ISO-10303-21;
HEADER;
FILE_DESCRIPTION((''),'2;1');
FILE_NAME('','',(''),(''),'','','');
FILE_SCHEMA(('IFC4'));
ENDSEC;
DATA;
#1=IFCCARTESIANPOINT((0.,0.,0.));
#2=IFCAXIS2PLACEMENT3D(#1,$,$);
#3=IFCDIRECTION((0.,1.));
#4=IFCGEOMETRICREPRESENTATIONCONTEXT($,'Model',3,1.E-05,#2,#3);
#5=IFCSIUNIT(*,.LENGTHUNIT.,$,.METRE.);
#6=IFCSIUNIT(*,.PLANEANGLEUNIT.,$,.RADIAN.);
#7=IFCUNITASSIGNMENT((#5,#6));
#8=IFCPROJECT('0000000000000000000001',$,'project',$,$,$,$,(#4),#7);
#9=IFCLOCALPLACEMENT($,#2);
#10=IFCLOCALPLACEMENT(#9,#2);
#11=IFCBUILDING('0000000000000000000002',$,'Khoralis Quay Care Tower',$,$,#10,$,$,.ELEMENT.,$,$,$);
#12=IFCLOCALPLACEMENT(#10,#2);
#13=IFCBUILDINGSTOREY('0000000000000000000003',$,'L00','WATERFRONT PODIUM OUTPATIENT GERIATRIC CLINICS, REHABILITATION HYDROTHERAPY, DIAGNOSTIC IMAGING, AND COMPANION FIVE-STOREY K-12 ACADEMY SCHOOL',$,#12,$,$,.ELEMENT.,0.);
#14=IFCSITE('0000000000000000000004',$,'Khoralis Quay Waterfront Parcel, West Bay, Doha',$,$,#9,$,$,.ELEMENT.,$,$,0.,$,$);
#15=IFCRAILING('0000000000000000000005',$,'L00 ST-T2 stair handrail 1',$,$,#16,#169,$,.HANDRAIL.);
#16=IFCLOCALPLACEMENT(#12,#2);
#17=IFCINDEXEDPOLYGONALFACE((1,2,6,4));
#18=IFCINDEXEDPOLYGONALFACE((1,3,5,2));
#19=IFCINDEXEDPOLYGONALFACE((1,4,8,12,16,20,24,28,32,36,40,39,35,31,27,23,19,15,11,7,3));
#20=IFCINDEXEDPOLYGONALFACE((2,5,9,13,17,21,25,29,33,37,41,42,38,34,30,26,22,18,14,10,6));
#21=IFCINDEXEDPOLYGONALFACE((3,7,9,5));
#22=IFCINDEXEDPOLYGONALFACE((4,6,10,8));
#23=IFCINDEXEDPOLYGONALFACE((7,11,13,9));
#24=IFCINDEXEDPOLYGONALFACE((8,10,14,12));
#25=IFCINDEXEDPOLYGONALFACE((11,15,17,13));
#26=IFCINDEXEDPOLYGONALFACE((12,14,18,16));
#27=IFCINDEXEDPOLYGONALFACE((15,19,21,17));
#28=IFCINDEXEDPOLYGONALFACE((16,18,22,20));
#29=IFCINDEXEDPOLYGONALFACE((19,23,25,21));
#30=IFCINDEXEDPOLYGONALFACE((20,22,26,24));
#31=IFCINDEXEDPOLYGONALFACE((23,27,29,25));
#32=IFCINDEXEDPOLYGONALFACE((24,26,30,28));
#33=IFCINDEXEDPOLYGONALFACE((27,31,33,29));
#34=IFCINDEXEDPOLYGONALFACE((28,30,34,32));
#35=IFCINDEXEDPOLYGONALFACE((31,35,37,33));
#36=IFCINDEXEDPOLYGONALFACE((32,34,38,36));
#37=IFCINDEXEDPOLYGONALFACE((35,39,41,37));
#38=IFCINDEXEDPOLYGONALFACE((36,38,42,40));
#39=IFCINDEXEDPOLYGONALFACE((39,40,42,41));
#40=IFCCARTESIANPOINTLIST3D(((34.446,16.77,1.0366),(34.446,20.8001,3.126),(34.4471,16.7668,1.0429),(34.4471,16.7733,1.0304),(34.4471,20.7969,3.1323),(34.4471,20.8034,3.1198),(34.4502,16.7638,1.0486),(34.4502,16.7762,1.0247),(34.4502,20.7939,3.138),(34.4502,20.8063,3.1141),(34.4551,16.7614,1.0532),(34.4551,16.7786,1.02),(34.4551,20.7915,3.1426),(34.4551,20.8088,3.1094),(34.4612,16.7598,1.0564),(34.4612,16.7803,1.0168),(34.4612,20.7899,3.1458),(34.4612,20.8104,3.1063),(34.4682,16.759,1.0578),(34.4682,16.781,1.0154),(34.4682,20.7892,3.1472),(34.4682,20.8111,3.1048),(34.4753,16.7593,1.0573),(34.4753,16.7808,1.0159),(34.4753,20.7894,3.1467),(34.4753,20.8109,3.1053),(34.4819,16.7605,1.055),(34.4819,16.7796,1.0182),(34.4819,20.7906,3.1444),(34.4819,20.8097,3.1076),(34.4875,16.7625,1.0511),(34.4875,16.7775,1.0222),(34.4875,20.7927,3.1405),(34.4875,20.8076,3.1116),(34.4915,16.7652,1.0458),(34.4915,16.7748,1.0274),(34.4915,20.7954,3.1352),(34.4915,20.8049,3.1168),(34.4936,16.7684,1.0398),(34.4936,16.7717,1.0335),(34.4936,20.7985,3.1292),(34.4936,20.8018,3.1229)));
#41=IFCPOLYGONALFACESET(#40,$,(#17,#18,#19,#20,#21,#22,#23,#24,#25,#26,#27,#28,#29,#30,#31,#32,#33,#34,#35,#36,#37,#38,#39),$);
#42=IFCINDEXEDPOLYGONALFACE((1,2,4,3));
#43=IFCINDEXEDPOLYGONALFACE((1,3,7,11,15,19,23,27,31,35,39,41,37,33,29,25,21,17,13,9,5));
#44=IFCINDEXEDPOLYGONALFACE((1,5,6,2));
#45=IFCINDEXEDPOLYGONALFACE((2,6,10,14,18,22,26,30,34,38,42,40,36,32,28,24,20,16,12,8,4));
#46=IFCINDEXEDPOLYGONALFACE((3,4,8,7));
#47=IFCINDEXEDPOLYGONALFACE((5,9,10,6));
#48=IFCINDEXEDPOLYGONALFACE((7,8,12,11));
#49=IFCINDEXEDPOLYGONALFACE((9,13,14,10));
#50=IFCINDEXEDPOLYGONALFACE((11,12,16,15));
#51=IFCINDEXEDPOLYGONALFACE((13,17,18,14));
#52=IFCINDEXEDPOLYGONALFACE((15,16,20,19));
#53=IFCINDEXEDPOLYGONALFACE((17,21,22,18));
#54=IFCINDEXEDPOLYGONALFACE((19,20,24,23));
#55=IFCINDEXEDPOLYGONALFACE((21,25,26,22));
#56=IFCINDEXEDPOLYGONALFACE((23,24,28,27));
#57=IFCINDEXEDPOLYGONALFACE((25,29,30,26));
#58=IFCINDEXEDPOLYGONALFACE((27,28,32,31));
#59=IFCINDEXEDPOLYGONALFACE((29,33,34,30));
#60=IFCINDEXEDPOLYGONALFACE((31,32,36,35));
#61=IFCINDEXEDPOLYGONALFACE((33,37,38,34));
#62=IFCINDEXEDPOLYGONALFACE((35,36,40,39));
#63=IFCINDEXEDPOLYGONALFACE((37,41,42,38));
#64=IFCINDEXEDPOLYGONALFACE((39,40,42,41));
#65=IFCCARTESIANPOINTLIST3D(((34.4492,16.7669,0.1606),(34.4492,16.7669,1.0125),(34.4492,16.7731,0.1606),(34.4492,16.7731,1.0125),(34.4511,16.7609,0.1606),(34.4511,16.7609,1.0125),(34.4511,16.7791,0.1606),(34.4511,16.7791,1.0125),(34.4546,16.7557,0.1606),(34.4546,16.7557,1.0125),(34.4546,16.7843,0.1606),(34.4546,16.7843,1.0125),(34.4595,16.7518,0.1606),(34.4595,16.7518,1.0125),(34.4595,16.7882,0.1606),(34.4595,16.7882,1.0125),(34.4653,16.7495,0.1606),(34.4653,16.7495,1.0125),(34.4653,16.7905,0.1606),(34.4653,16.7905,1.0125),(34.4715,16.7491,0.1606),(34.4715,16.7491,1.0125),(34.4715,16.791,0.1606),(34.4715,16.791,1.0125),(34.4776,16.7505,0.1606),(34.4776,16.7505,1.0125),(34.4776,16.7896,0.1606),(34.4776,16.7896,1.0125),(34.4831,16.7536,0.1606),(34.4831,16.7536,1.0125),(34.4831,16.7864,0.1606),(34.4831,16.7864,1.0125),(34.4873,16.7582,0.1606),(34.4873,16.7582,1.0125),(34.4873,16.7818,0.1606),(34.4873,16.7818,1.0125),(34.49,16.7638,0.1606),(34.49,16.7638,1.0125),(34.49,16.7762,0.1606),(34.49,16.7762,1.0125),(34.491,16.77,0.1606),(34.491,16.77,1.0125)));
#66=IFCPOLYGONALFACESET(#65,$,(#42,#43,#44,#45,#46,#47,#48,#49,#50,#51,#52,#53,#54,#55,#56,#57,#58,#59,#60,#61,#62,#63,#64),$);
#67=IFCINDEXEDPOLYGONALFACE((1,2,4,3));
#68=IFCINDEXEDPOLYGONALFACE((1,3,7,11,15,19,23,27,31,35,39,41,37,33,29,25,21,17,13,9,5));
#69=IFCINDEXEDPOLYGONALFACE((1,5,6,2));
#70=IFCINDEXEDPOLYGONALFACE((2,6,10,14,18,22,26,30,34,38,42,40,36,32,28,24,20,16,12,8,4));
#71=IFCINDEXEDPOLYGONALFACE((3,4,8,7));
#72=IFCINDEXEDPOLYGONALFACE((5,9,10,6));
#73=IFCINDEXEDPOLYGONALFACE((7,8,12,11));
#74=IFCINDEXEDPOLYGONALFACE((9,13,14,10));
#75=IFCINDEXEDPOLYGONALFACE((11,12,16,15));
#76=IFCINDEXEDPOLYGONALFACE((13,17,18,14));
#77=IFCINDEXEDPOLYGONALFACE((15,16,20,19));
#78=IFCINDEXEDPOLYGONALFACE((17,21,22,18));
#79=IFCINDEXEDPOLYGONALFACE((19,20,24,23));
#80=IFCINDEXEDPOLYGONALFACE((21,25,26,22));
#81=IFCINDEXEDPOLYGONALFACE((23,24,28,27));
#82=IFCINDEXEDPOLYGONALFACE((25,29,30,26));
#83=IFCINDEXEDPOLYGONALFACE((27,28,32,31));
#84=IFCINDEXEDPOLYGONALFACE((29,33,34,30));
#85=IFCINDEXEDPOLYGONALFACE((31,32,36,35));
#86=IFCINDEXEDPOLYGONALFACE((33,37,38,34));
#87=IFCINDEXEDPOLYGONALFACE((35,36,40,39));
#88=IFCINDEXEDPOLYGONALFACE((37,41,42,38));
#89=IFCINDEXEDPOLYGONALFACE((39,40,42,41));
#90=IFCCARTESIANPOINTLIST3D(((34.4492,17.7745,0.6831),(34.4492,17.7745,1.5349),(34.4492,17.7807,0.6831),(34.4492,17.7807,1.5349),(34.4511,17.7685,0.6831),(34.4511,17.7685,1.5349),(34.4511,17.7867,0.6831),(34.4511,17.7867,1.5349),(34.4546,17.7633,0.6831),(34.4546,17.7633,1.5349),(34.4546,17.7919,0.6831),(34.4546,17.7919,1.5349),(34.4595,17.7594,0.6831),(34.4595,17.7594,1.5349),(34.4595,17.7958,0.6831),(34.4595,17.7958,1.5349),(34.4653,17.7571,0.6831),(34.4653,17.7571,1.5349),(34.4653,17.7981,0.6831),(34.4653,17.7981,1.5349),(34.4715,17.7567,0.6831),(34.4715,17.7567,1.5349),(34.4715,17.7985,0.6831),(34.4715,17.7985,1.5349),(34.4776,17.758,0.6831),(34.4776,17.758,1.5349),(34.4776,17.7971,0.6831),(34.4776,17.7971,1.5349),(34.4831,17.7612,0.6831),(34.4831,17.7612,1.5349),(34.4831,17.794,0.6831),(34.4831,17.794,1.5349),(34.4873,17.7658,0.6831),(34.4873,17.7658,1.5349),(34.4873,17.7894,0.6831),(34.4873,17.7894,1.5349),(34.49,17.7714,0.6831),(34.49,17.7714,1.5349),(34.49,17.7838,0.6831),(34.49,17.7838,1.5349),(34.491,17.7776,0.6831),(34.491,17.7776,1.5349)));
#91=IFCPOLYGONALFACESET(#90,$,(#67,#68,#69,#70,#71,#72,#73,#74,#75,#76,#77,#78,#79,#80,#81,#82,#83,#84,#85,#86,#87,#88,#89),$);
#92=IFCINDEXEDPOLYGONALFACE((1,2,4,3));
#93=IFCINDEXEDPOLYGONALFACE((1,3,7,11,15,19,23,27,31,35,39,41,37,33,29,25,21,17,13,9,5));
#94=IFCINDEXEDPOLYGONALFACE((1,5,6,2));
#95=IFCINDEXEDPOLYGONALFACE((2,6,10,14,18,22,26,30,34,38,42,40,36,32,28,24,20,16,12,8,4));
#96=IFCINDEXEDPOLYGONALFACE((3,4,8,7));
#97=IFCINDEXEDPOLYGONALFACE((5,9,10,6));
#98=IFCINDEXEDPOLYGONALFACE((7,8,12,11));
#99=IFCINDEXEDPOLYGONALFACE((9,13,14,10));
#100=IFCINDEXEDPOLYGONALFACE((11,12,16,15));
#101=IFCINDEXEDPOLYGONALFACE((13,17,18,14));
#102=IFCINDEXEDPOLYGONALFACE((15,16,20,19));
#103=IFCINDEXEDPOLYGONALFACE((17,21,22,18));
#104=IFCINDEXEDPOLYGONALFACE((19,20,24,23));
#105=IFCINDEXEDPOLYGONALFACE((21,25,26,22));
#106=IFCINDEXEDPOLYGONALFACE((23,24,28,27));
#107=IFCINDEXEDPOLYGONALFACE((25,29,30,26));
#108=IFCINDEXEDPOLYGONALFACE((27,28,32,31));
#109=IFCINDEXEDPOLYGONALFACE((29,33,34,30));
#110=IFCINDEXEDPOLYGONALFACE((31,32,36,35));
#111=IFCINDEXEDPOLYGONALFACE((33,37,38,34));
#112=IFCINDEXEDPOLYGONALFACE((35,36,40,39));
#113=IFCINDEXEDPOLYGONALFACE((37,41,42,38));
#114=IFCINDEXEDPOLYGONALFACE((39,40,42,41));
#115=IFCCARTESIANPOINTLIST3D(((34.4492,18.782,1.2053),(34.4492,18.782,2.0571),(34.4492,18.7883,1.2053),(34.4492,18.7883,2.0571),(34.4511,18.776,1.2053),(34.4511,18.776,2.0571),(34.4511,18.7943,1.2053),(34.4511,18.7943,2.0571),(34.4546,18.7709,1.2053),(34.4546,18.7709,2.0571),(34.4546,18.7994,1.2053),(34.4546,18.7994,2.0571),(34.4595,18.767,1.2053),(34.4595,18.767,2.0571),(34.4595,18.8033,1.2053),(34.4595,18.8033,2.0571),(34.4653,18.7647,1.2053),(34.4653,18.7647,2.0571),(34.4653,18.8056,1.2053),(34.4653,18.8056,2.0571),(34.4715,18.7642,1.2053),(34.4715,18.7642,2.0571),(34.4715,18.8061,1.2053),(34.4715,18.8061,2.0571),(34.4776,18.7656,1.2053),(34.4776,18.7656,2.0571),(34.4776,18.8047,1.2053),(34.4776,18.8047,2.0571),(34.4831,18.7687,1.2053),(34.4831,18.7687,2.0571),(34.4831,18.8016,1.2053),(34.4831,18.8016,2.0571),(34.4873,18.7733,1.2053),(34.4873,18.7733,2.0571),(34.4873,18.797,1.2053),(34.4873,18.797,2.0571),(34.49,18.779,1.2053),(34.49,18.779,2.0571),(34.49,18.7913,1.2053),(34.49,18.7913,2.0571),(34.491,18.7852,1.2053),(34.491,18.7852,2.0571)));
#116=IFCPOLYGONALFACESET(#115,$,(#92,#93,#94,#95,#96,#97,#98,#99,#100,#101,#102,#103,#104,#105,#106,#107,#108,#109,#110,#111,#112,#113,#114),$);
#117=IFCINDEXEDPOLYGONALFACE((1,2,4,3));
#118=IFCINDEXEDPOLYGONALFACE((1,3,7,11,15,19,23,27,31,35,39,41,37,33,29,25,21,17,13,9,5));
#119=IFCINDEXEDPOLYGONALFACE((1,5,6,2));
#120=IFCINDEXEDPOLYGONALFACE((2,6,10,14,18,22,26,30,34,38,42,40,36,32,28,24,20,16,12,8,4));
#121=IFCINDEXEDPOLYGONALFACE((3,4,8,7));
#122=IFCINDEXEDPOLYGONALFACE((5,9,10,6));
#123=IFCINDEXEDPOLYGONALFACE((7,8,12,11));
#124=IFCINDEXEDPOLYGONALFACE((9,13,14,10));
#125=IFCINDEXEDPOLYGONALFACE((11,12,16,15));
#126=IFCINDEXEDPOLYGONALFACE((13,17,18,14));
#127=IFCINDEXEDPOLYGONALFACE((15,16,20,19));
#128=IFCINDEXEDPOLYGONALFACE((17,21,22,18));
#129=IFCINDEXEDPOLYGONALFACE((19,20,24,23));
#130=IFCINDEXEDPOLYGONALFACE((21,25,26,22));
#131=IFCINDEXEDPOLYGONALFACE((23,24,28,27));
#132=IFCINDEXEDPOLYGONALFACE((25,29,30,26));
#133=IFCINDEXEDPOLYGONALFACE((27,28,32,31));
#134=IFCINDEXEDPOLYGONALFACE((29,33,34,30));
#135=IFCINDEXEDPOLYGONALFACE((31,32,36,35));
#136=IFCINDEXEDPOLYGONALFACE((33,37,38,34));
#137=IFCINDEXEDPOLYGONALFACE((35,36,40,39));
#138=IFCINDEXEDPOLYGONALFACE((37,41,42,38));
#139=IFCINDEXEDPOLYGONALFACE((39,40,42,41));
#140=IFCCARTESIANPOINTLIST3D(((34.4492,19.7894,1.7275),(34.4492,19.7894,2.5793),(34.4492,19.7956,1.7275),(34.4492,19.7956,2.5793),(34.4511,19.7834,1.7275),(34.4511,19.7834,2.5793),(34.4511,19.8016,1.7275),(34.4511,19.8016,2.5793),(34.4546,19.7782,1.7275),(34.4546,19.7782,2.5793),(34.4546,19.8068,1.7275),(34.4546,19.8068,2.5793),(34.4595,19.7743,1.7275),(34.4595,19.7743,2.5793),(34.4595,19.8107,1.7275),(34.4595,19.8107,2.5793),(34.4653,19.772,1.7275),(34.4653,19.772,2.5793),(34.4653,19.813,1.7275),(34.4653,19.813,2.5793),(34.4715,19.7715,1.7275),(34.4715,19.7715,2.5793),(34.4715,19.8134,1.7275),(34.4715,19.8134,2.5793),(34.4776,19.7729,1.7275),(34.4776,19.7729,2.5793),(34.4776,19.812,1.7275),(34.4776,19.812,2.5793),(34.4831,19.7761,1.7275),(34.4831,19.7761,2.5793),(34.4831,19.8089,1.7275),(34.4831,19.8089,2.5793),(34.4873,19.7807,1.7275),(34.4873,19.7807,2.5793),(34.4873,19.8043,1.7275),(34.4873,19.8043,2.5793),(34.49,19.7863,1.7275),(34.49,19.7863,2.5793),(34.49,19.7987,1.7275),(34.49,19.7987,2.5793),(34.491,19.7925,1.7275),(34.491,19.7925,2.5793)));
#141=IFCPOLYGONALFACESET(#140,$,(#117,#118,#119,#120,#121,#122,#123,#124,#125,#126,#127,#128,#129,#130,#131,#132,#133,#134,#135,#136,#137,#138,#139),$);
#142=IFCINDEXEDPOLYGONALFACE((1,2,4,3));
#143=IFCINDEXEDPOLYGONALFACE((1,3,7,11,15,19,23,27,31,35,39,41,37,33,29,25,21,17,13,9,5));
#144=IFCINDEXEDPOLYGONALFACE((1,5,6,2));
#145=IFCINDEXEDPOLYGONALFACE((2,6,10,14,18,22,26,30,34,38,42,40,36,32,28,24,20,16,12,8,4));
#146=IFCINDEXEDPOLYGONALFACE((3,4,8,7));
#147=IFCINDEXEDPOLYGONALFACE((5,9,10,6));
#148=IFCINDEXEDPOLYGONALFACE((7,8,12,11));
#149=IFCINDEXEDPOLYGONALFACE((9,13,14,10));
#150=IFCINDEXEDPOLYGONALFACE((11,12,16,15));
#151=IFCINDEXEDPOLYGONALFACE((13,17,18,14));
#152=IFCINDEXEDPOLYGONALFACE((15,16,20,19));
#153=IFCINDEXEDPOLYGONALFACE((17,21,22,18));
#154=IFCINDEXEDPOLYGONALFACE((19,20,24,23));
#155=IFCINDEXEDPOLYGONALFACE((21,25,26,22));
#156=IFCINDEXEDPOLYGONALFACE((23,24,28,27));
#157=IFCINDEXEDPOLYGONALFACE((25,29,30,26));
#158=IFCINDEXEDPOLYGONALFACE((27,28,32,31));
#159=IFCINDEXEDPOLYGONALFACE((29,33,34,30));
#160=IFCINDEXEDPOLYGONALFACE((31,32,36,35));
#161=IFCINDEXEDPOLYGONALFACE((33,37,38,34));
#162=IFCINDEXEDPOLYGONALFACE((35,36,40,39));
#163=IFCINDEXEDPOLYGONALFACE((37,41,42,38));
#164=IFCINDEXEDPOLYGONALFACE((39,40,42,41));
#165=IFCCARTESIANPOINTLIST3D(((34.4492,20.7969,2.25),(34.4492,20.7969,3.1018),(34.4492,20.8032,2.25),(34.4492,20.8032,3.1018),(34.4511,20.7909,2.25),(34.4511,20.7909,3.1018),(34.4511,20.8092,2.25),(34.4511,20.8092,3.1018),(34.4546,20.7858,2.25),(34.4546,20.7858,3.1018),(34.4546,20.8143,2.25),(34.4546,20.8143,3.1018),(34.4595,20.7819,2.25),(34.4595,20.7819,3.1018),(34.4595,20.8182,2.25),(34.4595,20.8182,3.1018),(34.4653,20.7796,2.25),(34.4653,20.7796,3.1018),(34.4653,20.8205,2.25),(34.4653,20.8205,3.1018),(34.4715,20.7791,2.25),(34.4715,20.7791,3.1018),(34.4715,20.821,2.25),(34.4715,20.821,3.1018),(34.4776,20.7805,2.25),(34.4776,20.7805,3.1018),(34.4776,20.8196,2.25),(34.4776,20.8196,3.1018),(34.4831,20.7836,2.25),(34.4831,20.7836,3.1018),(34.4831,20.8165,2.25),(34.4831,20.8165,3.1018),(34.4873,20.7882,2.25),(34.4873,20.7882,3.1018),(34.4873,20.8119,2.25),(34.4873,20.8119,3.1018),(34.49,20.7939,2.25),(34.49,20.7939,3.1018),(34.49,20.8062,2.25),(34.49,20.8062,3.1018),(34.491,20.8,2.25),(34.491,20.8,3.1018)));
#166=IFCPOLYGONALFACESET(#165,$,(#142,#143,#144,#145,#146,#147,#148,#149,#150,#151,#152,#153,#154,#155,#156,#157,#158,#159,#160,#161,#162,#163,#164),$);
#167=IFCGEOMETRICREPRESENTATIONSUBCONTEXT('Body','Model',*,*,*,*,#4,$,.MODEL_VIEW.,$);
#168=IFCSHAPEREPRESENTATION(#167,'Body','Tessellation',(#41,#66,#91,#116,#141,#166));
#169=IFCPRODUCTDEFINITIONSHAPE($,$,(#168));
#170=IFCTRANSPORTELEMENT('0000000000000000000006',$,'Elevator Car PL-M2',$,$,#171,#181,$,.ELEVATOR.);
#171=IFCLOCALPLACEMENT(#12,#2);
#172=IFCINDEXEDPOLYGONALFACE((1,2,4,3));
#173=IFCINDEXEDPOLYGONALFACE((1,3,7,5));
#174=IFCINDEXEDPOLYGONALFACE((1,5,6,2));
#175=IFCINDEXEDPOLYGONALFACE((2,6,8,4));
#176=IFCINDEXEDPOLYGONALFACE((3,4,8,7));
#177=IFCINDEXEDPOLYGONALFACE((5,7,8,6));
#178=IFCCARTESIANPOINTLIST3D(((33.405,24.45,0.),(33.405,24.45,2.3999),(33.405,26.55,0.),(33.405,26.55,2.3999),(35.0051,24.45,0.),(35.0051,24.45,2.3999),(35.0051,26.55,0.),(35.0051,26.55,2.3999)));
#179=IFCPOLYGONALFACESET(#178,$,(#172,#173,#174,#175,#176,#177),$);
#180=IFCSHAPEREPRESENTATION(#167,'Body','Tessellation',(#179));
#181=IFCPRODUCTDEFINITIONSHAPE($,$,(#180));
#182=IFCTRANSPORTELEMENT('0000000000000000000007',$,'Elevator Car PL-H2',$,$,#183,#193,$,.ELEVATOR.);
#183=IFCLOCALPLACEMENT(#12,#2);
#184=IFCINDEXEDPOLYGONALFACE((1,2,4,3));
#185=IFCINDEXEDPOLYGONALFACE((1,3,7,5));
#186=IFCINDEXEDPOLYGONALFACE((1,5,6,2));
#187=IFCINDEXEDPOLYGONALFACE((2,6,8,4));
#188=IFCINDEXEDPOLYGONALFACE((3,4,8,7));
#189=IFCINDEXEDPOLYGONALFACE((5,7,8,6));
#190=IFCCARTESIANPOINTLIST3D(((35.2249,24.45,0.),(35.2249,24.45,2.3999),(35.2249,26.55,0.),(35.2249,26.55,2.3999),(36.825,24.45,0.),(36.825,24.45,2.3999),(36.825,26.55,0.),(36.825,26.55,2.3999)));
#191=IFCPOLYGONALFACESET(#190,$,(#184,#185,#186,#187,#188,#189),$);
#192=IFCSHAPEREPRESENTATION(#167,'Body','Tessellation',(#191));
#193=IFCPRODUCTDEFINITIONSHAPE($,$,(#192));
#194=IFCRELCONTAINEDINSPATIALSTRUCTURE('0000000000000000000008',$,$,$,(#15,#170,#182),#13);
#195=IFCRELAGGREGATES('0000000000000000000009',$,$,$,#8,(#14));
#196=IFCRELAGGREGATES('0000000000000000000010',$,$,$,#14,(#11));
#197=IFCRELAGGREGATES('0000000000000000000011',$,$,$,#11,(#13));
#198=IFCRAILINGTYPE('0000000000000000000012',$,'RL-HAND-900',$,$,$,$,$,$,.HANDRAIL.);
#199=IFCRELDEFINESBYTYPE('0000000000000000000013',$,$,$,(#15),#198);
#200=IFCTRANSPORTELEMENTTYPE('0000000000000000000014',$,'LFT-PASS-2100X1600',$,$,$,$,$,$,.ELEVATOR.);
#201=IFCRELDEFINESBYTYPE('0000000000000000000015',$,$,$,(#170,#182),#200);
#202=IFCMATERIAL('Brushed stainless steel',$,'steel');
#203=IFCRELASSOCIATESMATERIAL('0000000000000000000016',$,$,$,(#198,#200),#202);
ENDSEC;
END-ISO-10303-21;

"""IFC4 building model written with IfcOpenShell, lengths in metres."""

from ifc_helpers import new_model, si_unit, direction, frame, origin, origin_2d, place, context, subcontext, project, spatial, rectangle, circle, extrude, source, transform, mapped, material, type_object, element, save


model = new_model("IFC4")

# Units and contexts
model_context = context("Model", 3, precision=1e-05, world=origin(), true_north=direction((0.0, 1.0)))
body_context = subcontext(model_context, "Body", "Model", "MODEL_VIEW")
ifc_project = project(units=[si_unit("LENGTHUNIT", "METRE"), si_unit("PLANEANGLEUNIT", "RADIAN")], contexts=[model_context])

# Site, building, storey
site_placement = place(None, origin())
site = spatial("IfcSite", under=ifc_project, at=site_placement, Name="Khoralis Quay Waterfront Parcel, West Bay, Doha", CompositionType="ELEMENT", RefElevation=0.0)
building_placement = place(site_placement, origin())
building = spatial("IfcBuilding", under=site, at=building_placement, Name="Khoralis Quay Care Tower", CompositionType="ELEMENT")
storey_placement = place(building_placement, origin())
storey = spatial("IfcBuildingStorey", under=building, at=storey_placement, Name="L00", Description="WATERFRONT PODIUM OUTPATIENT GERIATRIC CLINICS, REHABILITATION HYDROTHERAPY, DIAGNOSTIC IMAGING, AND COMPANION FIVE-STOREY K-12 ACADEMY SCHOOL", CompositionType="ELEMENT", Elevation=0.0)

# Railing
ifc_material_1 = material(Name="Brushed stainless steel", Category="steel")
railing_type = type_object("IfcRailingType", Name="RL-HAND-900", PredefinedType="HANDRAIL", material=ifc_material_1)
railing_placement = place(storey_placement, frame((34.47, 16.77, 0.1606)))
element("IfcRailing", 1, at=railing_placement, inside=storey, type_object=railing_type, Name="L00 ST-T2 stair handrail 1", PredefinedType="HANDRAIL", context=body_context, shape_type="SweptSolid", body=[
    extrude(circle(Radius=0.0239, at=origin_2d()), frame((0.0, 0.0, 0.876), z_axis=(0.0, 0.887781, 0.460267), x_axis=(-1.0, 0.0, 0.0)), (0.0, 0.0, 1.0), 4.5396),
    extrude(circle(Radius=0.021, at=origin_2d()), origin(), (0.0, 0.0, 1.0), 0.8518),
    extrude(circle(Radius=0.021, at=origin_2d()), frame((0.0, 1.0076, 0.5225)), (0.0, 0.0, 1.0), 0.8518),
    extrude(circle(Radius=0.021, at=origin_2d()), frame((0.0, 2.0151, 1.0447)), (0.0, 0.0, 1.0), 0.8518),
    extrude(circle(Radius=0.021, at=origin_2d()), frame((0.0, 3.0225, 1.5669)), (0.0, 0.0, 1.0), 0.8518),
    extrude(circle(Radius=0.021, at=origin_2d()), frame((0.0, 4.03, 2.0894)), (0.0, 0.0, 1.0), 0.8518),
])

# Transport elements
transport_element_type = type_object("IfcTransportElementType", Name="LFT-PASS-2100X1600", PredefinedType="ELEVATOR", material=ifc_material_1)
shared_shape_1 = source(origin(), body_context, "Body", "SweptSolid", [
    extrude(rectangle(XDim=2.1001, YDim=1.6001, at=origin_2d()), origin(), (0.0, 0.0, 1.0), 2.3999),
])
for number, where, z_axis, x_axis, name in (
    (2, (34.2051, 25.5, 0.0), (0.0, 0.0, 1.0), (0.0, 1.0, 0.0), "Elevator Car PL-M2"),
    (3, (36.0249, 25.5, 0.0), (0.0, 0.0, 1.0), (0.0, 1.0, 0.0), "Elevator Car PL-H2"),
):
    element("IfcTransportElement", number, at=place(storey_placement, frame(where, z_axis=z_axis, x_axis=x_axis)), inside=storey, type_object=transport_element_type, Name=name, PredefinedType="ELEVATOR", context=body_context, shape_type="MappedRepresentation", body=[
        mapped(shared_shape_1, transform((0.0, 0.0, 0.0), scale=1.0)),
    ])

save(model, "model.ifc")
